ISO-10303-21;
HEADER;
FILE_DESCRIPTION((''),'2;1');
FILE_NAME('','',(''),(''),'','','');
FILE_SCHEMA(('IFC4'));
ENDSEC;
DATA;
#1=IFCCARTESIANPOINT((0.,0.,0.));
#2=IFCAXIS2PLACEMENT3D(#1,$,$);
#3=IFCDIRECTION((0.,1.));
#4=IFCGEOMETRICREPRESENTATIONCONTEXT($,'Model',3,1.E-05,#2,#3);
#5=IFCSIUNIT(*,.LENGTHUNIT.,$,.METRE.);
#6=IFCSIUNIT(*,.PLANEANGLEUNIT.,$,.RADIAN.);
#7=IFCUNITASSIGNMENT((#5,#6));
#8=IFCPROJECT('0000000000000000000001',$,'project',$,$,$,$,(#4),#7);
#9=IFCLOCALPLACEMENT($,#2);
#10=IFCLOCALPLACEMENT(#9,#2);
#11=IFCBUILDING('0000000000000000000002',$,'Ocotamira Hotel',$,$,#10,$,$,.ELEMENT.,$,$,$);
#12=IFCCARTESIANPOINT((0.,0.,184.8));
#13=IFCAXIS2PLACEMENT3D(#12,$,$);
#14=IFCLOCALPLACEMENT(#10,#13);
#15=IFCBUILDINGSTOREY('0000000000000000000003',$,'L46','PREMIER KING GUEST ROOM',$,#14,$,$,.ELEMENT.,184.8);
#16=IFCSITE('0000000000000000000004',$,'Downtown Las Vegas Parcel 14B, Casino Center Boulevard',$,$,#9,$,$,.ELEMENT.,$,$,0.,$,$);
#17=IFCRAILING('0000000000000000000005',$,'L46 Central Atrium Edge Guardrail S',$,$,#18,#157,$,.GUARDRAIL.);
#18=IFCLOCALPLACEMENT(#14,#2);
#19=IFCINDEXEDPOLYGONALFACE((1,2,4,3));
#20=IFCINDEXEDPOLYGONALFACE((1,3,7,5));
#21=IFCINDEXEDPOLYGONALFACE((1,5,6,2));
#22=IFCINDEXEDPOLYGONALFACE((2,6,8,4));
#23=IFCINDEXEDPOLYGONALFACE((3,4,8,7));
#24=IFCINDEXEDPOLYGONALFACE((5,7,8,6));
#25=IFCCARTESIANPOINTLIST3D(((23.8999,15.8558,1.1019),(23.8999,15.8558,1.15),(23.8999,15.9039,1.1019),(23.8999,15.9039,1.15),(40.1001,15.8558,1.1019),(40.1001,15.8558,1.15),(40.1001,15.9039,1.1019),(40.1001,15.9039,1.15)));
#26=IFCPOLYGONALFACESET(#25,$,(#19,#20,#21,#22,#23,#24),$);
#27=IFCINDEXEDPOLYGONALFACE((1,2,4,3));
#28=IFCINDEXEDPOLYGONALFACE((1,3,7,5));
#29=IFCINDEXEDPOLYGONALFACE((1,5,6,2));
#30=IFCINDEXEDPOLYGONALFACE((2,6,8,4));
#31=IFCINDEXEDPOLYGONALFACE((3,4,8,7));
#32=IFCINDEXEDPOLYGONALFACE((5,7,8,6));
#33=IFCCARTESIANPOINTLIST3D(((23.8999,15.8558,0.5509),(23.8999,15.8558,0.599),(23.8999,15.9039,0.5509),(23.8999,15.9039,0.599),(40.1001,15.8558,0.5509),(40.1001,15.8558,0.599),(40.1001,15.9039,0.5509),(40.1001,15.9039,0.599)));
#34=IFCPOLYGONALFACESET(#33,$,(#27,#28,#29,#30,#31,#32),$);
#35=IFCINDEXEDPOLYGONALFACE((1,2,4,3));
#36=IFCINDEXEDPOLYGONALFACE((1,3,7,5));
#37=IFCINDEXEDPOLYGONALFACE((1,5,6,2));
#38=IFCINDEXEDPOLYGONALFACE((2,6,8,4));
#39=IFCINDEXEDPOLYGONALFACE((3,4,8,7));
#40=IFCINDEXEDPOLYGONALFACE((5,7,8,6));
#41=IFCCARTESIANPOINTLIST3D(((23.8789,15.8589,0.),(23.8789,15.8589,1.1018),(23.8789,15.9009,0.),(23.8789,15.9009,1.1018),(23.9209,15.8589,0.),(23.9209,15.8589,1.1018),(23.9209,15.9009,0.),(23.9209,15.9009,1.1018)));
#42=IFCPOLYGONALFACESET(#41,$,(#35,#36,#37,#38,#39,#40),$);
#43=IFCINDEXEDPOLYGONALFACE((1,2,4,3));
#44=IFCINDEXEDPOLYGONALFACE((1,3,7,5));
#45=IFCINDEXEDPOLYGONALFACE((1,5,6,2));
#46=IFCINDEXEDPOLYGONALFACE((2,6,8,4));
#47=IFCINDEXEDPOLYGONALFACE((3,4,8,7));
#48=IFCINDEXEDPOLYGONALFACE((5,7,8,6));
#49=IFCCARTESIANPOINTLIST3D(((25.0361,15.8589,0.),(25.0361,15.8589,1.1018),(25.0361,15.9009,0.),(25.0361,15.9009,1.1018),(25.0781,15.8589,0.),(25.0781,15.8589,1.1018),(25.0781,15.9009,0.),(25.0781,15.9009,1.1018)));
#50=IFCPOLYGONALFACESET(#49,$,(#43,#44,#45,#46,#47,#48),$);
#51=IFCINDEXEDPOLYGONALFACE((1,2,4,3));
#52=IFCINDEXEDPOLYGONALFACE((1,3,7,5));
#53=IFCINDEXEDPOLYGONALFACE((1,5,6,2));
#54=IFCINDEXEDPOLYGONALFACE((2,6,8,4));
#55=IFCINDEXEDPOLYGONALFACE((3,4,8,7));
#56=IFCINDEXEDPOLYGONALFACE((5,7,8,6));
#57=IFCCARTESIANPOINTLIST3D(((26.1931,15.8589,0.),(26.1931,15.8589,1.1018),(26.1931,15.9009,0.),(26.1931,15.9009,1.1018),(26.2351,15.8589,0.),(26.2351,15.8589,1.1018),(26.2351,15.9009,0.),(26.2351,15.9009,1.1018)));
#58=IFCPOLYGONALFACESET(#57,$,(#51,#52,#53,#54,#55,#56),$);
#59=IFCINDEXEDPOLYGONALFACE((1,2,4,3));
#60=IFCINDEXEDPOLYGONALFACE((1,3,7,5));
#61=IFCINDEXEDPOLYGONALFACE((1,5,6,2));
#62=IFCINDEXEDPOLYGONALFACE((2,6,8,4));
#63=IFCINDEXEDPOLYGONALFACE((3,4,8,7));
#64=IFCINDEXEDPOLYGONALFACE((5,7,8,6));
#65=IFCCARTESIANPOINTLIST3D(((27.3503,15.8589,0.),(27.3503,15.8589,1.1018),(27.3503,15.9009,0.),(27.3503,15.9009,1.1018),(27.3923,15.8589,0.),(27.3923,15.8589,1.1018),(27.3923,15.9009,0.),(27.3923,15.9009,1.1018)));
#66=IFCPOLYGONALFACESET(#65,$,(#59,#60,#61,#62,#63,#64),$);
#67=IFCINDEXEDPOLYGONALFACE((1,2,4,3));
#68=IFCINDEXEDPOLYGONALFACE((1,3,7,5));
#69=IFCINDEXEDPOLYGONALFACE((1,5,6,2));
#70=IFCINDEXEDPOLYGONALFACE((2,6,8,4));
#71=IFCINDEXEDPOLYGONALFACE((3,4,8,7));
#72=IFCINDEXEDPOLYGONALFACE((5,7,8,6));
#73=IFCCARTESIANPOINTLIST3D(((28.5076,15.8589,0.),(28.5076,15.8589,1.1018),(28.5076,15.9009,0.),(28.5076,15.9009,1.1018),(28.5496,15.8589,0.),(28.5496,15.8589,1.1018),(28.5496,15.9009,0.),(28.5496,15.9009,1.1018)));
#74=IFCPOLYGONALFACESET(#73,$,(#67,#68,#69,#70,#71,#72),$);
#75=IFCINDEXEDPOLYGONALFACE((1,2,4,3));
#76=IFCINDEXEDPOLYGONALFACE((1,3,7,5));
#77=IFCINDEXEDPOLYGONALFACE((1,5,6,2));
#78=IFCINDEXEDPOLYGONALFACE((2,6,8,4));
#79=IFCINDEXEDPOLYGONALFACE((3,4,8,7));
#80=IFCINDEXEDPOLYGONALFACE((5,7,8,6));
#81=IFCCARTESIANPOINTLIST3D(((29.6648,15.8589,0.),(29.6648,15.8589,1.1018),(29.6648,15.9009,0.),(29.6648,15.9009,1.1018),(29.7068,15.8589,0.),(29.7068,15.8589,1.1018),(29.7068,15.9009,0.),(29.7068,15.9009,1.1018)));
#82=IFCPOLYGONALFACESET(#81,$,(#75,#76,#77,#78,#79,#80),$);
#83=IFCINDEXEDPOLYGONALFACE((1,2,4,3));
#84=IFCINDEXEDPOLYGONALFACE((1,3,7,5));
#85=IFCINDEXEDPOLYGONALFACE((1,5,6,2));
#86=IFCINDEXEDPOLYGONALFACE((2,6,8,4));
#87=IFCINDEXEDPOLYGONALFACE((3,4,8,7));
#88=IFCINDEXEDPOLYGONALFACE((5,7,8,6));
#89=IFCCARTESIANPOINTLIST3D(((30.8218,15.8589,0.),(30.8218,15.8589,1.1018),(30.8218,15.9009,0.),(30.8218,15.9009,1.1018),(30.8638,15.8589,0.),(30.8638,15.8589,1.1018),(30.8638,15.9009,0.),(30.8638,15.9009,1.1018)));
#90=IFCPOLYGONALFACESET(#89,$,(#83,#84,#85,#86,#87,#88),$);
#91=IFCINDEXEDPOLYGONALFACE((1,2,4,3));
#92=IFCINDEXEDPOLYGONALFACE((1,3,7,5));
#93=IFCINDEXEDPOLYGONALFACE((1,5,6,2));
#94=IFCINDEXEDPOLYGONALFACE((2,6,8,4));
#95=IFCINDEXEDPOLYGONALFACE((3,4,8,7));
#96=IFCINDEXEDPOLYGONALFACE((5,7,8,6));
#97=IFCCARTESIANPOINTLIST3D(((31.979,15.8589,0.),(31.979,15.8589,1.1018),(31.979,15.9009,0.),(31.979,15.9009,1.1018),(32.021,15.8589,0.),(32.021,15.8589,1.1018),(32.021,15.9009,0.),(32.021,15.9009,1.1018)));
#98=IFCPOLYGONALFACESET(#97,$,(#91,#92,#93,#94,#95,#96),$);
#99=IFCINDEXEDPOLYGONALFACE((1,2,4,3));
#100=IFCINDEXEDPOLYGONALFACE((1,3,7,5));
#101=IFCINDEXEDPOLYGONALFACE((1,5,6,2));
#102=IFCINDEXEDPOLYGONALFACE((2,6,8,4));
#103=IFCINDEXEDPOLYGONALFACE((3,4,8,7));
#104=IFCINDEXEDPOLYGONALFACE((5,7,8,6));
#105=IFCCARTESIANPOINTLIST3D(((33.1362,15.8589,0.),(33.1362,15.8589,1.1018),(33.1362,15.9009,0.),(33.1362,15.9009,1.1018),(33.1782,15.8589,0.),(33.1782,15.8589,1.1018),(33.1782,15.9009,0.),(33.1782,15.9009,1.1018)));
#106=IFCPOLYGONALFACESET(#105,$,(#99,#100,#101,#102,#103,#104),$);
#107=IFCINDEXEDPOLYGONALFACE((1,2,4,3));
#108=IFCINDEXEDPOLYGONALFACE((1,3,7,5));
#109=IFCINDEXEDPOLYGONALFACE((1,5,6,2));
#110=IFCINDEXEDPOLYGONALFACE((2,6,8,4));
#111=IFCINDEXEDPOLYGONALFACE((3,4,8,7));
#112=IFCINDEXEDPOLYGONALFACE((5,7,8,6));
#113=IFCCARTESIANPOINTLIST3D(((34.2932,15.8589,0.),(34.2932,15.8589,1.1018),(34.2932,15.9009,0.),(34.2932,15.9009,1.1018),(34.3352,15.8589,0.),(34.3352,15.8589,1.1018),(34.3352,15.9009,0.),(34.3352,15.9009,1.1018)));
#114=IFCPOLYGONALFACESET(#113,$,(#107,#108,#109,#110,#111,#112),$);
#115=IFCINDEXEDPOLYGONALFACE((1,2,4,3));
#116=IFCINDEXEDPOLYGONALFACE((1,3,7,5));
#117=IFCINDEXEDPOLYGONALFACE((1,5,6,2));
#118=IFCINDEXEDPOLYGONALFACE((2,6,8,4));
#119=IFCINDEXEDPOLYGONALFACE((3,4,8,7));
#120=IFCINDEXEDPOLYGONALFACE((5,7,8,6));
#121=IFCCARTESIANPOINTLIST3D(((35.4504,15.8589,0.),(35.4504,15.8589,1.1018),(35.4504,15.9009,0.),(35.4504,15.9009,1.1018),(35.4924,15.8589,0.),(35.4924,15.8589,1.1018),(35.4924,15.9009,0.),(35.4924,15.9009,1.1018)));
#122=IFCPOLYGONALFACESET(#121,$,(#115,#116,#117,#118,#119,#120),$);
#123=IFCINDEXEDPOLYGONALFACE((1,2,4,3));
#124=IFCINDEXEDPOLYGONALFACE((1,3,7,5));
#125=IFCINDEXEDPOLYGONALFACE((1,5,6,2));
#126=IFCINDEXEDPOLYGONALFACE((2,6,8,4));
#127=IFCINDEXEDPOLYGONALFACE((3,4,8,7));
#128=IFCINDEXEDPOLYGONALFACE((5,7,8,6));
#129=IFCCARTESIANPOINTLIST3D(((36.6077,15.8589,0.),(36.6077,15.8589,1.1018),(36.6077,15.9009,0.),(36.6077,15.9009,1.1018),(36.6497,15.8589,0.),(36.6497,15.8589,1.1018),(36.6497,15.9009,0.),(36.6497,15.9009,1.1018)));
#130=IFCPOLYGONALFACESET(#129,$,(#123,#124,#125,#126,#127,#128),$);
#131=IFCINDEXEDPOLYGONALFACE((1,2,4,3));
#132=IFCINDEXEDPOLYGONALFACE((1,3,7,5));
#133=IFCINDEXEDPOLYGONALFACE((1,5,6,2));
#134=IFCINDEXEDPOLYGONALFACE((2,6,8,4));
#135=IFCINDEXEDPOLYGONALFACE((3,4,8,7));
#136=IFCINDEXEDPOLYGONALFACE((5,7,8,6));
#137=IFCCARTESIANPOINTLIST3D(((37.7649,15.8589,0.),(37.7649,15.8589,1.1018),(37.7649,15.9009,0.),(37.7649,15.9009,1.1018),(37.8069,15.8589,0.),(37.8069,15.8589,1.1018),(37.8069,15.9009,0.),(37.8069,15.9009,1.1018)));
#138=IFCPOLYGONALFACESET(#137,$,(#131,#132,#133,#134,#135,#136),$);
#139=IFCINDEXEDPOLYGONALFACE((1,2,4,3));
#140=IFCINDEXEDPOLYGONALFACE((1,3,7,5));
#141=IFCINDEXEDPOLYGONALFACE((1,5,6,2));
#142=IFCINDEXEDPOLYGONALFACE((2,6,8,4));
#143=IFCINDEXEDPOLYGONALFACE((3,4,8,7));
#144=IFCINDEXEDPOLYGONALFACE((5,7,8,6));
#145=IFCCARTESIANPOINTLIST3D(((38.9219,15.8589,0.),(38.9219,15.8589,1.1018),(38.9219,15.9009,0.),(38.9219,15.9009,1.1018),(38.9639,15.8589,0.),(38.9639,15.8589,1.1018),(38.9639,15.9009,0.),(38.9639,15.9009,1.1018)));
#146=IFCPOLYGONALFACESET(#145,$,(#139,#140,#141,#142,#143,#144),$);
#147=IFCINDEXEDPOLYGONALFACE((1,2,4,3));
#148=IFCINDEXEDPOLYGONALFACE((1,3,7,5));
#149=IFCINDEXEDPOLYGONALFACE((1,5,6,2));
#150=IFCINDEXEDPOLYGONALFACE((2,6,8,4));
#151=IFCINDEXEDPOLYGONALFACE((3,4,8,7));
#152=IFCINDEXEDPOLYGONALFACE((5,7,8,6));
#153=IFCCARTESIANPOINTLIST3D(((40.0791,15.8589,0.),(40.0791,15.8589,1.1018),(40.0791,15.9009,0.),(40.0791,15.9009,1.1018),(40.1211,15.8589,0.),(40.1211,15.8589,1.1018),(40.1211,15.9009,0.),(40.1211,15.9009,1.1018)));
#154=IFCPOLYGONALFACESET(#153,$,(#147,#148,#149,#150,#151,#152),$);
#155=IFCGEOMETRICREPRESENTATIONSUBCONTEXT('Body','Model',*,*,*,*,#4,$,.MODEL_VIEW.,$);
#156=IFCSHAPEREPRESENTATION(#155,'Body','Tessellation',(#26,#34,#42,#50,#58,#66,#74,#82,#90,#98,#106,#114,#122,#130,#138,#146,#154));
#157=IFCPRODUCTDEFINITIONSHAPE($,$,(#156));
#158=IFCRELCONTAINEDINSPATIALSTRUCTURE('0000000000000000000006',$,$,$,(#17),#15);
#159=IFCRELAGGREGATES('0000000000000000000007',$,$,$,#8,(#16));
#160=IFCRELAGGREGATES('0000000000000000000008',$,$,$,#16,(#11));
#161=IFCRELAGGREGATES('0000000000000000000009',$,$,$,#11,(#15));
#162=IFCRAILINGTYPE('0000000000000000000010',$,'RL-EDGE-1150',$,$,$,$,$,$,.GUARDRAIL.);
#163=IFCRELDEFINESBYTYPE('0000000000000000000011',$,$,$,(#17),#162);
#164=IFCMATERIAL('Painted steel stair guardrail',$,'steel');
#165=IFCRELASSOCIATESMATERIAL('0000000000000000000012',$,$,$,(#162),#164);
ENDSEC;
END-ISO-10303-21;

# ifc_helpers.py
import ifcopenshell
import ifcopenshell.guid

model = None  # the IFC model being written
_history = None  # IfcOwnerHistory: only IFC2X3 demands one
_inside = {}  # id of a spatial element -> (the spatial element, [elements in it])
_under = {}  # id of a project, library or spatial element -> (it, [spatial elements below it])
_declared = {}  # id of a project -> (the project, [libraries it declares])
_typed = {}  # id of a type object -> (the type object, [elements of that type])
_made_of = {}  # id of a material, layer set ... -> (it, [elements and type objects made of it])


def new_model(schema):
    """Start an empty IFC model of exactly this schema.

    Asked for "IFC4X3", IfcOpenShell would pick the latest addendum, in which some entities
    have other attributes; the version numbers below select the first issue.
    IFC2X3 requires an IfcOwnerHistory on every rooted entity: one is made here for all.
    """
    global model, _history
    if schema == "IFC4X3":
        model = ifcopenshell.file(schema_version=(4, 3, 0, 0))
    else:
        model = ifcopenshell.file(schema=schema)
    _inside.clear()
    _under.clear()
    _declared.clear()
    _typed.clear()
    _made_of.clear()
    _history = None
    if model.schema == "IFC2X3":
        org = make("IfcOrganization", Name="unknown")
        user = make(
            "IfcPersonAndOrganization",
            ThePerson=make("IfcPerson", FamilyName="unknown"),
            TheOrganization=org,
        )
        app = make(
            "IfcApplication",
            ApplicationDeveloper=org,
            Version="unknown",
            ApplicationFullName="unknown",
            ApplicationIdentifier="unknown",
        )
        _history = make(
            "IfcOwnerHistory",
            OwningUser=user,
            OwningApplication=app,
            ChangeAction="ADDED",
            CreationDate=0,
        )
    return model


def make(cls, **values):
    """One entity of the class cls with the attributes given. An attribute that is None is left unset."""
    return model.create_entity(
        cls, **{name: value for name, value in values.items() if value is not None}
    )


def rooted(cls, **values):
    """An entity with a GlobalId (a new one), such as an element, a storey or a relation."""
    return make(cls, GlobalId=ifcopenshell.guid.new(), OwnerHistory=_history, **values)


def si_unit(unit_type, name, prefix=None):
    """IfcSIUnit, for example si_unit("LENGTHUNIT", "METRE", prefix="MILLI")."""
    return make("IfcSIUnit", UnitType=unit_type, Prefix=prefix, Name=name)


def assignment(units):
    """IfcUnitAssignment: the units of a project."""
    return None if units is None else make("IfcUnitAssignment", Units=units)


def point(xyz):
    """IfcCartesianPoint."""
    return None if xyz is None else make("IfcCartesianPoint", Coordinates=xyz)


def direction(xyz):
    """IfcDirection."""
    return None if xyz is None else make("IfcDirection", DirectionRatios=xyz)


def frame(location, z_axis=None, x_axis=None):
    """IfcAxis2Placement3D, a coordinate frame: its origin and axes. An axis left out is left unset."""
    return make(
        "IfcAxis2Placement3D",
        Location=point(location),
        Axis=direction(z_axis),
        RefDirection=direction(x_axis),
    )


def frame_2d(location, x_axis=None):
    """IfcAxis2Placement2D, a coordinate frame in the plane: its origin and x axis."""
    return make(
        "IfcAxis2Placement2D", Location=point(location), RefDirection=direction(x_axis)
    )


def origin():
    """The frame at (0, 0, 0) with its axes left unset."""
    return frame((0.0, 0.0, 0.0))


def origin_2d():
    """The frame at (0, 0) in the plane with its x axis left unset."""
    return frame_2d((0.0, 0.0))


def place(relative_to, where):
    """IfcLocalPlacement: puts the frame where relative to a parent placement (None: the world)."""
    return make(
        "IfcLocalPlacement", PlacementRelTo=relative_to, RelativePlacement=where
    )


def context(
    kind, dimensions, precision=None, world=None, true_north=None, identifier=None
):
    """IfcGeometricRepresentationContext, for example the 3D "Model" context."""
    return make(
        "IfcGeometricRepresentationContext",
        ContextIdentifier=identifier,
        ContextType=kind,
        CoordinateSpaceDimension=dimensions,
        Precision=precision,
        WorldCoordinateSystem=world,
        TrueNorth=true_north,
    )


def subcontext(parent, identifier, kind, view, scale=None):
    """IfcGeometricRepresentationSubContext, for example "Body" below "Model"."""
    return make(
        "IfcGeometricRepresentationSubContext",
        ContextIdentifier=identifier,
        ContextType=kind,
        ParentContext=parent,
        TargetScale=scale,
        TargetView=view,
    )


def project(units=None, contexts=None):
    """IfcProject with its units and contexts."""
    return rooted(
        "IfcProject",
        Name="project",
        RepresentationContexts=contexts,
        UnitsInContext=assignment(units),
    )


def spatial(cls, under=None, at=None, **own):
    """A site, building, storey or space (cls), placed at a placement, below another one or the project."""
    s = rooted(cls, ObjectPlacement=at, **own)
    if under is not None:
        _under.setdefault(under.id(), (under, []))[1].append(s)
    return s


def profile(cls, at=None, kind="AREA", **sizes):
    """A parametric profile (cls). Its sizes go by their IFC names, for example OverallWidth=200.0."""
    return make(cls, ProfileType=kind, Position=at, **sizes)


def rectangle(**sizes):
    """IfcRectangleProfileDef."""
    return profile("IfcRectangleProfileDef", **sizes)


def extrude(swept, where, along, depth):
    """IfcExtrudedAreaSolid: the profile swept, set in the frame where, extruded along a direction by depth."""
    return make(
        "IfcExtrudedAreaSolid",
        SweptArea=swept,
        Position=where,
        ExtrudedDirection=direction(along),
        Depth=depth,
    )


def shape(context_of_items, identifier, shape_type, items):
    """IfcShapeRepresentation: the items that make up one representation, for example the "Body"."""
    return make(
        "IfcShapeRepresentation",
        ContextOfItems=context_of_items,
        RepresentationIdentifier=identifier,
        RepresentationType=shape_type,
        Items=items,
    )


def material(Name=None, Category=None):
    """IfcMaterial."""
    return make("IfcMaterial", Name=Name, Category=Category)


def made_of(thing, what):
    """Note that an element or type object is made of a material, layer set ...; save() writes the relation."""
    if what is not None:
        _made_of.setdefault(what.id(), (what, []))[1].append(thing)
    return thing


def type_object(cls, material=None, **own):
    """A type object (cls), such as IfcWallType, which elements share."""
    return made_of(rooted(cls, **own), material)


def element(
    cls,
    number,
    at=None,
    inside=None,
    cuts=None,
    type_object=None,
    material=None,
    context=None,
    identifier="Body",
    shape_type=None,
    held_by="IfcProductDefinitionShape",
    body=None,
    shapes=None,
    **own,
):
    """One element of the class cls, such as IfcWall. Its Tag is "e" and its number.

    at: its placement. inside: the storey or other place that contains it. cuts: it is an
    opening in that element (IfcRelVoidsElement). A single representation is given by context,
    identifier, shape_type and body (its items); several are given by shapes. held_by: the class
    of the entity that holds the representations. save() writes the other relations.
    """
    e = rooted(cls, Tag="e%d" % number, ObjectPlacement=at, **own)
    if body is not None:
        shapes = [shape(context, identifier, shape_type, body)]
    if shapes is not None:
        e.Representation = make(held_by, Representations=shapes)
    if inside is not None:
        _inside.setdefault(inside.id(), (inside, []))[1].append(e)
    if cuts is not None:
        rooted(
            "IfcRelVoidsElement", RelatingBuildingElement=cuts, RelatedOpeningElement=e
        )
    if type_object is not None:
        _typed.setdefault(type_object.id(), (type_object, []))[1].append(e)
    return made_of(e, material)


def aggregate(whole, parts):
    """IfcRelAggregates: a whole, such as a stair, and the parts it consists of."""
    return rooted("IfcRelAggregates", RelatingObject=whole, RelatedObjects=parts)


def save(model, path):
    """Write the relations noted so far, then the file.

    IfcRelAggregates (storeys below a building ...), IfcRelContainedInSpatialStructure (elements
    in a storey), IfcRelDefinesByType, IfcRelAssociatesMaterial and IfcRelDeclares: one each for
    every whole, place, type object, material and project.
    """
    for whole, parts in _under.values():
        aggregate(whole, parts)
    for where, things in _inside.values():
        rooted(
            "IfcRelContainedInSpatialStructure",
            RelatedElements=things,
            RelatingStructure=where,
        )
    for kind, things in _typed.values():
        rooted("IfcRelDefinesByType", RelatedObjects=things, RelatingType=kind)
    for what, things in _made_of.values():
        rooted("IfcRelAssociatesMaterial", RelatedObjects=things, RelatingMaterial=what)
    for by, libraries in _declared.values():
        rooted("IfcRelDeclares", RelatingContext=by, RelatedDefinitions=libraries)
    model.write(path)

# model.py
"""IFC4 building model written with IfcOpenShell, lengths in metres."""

from ifc_helpers import new_model, si_unit, direction, frame, origin, origin_2d, place, context, subcontext, project, spatial, rectangle, extrude, material, type_object, element, save


model = new_model("IFC4")

# Units and contexts
model_context = context("Model", 3, precision=1e-05, world=origin(), true_north=direction((0.0, 1.0)))
body_context = subcontext(model_context, "Body", "Model", "MODEL_VIEW")
ifc_project = project(units=[si_unit("LENGTHUNIT", "METRE"), si_unit("PLANEANGLEUNIT", "RADIAN")], contexts=[model_context])

# Site, building, storey
site_placement = place(None, origin())
site = spatial("IfcSite", under=ifc_project, at=site_placement, Name="Downtown Las Vegas Parcel 14B, Casino Center Boulevard", CompositionType="ELEMENT", RefElevation=0.0)
building_placement = place(site_placement, origin())
building = spatial("IfcBuilding", under=site, at=building_placement, Name="Ocotamira Hotel", CompositionType="ELEMENT")
storey_placement = place(building_placement, frame((0.0, 0.0, 184.8)))
storey = spatial("IfcBuildingStorey", under=building, at=storey_placement, Name="L46", Description="PREMIER KING GUEST ROOM", CompositionType="ELEMENT", Elevation=184.8)

# Railing
ifc_material_1 = material(Name="Painted steel stair guardrail", Category="steel")
railing_type_1 = type_object("IfcRailingType", Name="RL-EDGE-1150", PredefinedType="GUARDRAIL", material=ifc_material_1)
railing_1_placement = place(storey_placement, frame((23.8999, 15.8799, 0.0)))
element("IfcRailing", 1, at=railing_1_placement, inside=storey, type_object=railing_type_1, Name="L46 Central Atrium Edge Guardrail S", PredefinedType="GUARDRAIL", context=body_context, shape_type="SweptSolid", body=[
    extrude(rectangle(XDim=0.0481, YDim=0.0481, at=origin_2d()), frame((0.0, 0.0, 1.126), z_axis=(1.0, 0.0, 0.0), x_axis=(0.0, 1.0, 0.0)), (0.0, 0.0, 1.0), 16.2002),
    extrude(rectangle(XDim=0.0481, YDim=0.0481, at=origin_2d()), frame((0.0, 0.0, 0.575), z_axis=(1.0, 0.0, 0.0), x_axis=(0.0, 1.0, 0.0)), (0.0, 0.0, 1.0), 16.2002),
    extrude(rectangle(XDim=0.042, YDim=0.042, at=origin_2d()), origin(), (0.0, 0.0, 1.0), 1.1018),
    extrude(rectangle(XDim=0.042, YDim=0.042, at=origin_2d()), frame((1.1572, 0.0, 0.0)), (0.0, 0.0, 1.0), 1.1018),
    extrude(rectangle(XDim=0.042, YDim=0.042, at=origin_2d()), frame((2.3142, 0.0, 0.0)), (0.0, 0.0, 1.0), 1.1018),
    extrude(rectangle(XDim=0.042, YDim=0.042, at=origin_2d()), frame((3.4714, 0.0, 0.0)), (0.0, 0.0, 1.0), 1.1018),
    extrude(rectangle(XDim=0.042, YDim=0.042, at=origin_2d()), frame((4.6287, 0.0, 0.0)), (0.0, 0.0, 1.0), 1.1018),
    extrude(rectangle(XDim=0.042, YDim=0.042, at=origin_2d()), frame((5.7859, 0.0, 0.0)), (0.0, 0.0, 1.0), 1.1018),
    extrude(rectangle(XDim=0.042, YDim=0.042, at=origin_2d()), frame((6.9429, 0.0, 0.0)), (0.0, 0.0, 1.0), 1.1018),
    extrude(rectangle(XDim=0.042, YDim=0.042, at=origin_2d()), frame((8.1001, 0.0, 0.0)), (0.0, 0.0, 1.0), 1.1018),
    extrude(rectangle(XDim=0.042, YDim=0.042, at=origin_2d()), frame((9.2573, 0.0, 0.0)), (0.0, 0.0, 1.0), 1.1018),
    extrude(rectangle(XDim=0.042, YDim=0.042, at=origin_2d()), frame((10.4143, 0.0, 0.0)), (0.0, 0.0, 1.0), 1.1018),
    extrude(rectangle(XDim=0.042, YDim=0.042, at=origin_2d()), frame((11.5715, 0.0, 0.0)), (0.0, 0.0, 1.0), 1.1018),
    extrude(rectangle(XDim=0.042, YDim=0.042, at=origin_2d()), frame((12.7288, 0.0, 0.0)), (0.0, 0.0, 1.0), 1.1018),
    extrude(rectangle(XDim=0.042, YDim=0.042, at=origin_2d()), frame((13.886, 0.0, 0.0)), (0.0, 0.0, 1.0), 1.1018),
    extrude(rectangle(XDim=0.042, YDim=0.042, at=origin_2d()), frame((15.043, 0.0, 0.0)), (0.0, 0.0, 1.0), 1.1018),
    extrude(rectangle(XDim=0.042, YDim=0.042, at=origin_2d()), frame((16.2002, 0.0, 0.0)), (0.0, 0.0, 1.0), 1.1018),
])

save(model, "model.ifc")
